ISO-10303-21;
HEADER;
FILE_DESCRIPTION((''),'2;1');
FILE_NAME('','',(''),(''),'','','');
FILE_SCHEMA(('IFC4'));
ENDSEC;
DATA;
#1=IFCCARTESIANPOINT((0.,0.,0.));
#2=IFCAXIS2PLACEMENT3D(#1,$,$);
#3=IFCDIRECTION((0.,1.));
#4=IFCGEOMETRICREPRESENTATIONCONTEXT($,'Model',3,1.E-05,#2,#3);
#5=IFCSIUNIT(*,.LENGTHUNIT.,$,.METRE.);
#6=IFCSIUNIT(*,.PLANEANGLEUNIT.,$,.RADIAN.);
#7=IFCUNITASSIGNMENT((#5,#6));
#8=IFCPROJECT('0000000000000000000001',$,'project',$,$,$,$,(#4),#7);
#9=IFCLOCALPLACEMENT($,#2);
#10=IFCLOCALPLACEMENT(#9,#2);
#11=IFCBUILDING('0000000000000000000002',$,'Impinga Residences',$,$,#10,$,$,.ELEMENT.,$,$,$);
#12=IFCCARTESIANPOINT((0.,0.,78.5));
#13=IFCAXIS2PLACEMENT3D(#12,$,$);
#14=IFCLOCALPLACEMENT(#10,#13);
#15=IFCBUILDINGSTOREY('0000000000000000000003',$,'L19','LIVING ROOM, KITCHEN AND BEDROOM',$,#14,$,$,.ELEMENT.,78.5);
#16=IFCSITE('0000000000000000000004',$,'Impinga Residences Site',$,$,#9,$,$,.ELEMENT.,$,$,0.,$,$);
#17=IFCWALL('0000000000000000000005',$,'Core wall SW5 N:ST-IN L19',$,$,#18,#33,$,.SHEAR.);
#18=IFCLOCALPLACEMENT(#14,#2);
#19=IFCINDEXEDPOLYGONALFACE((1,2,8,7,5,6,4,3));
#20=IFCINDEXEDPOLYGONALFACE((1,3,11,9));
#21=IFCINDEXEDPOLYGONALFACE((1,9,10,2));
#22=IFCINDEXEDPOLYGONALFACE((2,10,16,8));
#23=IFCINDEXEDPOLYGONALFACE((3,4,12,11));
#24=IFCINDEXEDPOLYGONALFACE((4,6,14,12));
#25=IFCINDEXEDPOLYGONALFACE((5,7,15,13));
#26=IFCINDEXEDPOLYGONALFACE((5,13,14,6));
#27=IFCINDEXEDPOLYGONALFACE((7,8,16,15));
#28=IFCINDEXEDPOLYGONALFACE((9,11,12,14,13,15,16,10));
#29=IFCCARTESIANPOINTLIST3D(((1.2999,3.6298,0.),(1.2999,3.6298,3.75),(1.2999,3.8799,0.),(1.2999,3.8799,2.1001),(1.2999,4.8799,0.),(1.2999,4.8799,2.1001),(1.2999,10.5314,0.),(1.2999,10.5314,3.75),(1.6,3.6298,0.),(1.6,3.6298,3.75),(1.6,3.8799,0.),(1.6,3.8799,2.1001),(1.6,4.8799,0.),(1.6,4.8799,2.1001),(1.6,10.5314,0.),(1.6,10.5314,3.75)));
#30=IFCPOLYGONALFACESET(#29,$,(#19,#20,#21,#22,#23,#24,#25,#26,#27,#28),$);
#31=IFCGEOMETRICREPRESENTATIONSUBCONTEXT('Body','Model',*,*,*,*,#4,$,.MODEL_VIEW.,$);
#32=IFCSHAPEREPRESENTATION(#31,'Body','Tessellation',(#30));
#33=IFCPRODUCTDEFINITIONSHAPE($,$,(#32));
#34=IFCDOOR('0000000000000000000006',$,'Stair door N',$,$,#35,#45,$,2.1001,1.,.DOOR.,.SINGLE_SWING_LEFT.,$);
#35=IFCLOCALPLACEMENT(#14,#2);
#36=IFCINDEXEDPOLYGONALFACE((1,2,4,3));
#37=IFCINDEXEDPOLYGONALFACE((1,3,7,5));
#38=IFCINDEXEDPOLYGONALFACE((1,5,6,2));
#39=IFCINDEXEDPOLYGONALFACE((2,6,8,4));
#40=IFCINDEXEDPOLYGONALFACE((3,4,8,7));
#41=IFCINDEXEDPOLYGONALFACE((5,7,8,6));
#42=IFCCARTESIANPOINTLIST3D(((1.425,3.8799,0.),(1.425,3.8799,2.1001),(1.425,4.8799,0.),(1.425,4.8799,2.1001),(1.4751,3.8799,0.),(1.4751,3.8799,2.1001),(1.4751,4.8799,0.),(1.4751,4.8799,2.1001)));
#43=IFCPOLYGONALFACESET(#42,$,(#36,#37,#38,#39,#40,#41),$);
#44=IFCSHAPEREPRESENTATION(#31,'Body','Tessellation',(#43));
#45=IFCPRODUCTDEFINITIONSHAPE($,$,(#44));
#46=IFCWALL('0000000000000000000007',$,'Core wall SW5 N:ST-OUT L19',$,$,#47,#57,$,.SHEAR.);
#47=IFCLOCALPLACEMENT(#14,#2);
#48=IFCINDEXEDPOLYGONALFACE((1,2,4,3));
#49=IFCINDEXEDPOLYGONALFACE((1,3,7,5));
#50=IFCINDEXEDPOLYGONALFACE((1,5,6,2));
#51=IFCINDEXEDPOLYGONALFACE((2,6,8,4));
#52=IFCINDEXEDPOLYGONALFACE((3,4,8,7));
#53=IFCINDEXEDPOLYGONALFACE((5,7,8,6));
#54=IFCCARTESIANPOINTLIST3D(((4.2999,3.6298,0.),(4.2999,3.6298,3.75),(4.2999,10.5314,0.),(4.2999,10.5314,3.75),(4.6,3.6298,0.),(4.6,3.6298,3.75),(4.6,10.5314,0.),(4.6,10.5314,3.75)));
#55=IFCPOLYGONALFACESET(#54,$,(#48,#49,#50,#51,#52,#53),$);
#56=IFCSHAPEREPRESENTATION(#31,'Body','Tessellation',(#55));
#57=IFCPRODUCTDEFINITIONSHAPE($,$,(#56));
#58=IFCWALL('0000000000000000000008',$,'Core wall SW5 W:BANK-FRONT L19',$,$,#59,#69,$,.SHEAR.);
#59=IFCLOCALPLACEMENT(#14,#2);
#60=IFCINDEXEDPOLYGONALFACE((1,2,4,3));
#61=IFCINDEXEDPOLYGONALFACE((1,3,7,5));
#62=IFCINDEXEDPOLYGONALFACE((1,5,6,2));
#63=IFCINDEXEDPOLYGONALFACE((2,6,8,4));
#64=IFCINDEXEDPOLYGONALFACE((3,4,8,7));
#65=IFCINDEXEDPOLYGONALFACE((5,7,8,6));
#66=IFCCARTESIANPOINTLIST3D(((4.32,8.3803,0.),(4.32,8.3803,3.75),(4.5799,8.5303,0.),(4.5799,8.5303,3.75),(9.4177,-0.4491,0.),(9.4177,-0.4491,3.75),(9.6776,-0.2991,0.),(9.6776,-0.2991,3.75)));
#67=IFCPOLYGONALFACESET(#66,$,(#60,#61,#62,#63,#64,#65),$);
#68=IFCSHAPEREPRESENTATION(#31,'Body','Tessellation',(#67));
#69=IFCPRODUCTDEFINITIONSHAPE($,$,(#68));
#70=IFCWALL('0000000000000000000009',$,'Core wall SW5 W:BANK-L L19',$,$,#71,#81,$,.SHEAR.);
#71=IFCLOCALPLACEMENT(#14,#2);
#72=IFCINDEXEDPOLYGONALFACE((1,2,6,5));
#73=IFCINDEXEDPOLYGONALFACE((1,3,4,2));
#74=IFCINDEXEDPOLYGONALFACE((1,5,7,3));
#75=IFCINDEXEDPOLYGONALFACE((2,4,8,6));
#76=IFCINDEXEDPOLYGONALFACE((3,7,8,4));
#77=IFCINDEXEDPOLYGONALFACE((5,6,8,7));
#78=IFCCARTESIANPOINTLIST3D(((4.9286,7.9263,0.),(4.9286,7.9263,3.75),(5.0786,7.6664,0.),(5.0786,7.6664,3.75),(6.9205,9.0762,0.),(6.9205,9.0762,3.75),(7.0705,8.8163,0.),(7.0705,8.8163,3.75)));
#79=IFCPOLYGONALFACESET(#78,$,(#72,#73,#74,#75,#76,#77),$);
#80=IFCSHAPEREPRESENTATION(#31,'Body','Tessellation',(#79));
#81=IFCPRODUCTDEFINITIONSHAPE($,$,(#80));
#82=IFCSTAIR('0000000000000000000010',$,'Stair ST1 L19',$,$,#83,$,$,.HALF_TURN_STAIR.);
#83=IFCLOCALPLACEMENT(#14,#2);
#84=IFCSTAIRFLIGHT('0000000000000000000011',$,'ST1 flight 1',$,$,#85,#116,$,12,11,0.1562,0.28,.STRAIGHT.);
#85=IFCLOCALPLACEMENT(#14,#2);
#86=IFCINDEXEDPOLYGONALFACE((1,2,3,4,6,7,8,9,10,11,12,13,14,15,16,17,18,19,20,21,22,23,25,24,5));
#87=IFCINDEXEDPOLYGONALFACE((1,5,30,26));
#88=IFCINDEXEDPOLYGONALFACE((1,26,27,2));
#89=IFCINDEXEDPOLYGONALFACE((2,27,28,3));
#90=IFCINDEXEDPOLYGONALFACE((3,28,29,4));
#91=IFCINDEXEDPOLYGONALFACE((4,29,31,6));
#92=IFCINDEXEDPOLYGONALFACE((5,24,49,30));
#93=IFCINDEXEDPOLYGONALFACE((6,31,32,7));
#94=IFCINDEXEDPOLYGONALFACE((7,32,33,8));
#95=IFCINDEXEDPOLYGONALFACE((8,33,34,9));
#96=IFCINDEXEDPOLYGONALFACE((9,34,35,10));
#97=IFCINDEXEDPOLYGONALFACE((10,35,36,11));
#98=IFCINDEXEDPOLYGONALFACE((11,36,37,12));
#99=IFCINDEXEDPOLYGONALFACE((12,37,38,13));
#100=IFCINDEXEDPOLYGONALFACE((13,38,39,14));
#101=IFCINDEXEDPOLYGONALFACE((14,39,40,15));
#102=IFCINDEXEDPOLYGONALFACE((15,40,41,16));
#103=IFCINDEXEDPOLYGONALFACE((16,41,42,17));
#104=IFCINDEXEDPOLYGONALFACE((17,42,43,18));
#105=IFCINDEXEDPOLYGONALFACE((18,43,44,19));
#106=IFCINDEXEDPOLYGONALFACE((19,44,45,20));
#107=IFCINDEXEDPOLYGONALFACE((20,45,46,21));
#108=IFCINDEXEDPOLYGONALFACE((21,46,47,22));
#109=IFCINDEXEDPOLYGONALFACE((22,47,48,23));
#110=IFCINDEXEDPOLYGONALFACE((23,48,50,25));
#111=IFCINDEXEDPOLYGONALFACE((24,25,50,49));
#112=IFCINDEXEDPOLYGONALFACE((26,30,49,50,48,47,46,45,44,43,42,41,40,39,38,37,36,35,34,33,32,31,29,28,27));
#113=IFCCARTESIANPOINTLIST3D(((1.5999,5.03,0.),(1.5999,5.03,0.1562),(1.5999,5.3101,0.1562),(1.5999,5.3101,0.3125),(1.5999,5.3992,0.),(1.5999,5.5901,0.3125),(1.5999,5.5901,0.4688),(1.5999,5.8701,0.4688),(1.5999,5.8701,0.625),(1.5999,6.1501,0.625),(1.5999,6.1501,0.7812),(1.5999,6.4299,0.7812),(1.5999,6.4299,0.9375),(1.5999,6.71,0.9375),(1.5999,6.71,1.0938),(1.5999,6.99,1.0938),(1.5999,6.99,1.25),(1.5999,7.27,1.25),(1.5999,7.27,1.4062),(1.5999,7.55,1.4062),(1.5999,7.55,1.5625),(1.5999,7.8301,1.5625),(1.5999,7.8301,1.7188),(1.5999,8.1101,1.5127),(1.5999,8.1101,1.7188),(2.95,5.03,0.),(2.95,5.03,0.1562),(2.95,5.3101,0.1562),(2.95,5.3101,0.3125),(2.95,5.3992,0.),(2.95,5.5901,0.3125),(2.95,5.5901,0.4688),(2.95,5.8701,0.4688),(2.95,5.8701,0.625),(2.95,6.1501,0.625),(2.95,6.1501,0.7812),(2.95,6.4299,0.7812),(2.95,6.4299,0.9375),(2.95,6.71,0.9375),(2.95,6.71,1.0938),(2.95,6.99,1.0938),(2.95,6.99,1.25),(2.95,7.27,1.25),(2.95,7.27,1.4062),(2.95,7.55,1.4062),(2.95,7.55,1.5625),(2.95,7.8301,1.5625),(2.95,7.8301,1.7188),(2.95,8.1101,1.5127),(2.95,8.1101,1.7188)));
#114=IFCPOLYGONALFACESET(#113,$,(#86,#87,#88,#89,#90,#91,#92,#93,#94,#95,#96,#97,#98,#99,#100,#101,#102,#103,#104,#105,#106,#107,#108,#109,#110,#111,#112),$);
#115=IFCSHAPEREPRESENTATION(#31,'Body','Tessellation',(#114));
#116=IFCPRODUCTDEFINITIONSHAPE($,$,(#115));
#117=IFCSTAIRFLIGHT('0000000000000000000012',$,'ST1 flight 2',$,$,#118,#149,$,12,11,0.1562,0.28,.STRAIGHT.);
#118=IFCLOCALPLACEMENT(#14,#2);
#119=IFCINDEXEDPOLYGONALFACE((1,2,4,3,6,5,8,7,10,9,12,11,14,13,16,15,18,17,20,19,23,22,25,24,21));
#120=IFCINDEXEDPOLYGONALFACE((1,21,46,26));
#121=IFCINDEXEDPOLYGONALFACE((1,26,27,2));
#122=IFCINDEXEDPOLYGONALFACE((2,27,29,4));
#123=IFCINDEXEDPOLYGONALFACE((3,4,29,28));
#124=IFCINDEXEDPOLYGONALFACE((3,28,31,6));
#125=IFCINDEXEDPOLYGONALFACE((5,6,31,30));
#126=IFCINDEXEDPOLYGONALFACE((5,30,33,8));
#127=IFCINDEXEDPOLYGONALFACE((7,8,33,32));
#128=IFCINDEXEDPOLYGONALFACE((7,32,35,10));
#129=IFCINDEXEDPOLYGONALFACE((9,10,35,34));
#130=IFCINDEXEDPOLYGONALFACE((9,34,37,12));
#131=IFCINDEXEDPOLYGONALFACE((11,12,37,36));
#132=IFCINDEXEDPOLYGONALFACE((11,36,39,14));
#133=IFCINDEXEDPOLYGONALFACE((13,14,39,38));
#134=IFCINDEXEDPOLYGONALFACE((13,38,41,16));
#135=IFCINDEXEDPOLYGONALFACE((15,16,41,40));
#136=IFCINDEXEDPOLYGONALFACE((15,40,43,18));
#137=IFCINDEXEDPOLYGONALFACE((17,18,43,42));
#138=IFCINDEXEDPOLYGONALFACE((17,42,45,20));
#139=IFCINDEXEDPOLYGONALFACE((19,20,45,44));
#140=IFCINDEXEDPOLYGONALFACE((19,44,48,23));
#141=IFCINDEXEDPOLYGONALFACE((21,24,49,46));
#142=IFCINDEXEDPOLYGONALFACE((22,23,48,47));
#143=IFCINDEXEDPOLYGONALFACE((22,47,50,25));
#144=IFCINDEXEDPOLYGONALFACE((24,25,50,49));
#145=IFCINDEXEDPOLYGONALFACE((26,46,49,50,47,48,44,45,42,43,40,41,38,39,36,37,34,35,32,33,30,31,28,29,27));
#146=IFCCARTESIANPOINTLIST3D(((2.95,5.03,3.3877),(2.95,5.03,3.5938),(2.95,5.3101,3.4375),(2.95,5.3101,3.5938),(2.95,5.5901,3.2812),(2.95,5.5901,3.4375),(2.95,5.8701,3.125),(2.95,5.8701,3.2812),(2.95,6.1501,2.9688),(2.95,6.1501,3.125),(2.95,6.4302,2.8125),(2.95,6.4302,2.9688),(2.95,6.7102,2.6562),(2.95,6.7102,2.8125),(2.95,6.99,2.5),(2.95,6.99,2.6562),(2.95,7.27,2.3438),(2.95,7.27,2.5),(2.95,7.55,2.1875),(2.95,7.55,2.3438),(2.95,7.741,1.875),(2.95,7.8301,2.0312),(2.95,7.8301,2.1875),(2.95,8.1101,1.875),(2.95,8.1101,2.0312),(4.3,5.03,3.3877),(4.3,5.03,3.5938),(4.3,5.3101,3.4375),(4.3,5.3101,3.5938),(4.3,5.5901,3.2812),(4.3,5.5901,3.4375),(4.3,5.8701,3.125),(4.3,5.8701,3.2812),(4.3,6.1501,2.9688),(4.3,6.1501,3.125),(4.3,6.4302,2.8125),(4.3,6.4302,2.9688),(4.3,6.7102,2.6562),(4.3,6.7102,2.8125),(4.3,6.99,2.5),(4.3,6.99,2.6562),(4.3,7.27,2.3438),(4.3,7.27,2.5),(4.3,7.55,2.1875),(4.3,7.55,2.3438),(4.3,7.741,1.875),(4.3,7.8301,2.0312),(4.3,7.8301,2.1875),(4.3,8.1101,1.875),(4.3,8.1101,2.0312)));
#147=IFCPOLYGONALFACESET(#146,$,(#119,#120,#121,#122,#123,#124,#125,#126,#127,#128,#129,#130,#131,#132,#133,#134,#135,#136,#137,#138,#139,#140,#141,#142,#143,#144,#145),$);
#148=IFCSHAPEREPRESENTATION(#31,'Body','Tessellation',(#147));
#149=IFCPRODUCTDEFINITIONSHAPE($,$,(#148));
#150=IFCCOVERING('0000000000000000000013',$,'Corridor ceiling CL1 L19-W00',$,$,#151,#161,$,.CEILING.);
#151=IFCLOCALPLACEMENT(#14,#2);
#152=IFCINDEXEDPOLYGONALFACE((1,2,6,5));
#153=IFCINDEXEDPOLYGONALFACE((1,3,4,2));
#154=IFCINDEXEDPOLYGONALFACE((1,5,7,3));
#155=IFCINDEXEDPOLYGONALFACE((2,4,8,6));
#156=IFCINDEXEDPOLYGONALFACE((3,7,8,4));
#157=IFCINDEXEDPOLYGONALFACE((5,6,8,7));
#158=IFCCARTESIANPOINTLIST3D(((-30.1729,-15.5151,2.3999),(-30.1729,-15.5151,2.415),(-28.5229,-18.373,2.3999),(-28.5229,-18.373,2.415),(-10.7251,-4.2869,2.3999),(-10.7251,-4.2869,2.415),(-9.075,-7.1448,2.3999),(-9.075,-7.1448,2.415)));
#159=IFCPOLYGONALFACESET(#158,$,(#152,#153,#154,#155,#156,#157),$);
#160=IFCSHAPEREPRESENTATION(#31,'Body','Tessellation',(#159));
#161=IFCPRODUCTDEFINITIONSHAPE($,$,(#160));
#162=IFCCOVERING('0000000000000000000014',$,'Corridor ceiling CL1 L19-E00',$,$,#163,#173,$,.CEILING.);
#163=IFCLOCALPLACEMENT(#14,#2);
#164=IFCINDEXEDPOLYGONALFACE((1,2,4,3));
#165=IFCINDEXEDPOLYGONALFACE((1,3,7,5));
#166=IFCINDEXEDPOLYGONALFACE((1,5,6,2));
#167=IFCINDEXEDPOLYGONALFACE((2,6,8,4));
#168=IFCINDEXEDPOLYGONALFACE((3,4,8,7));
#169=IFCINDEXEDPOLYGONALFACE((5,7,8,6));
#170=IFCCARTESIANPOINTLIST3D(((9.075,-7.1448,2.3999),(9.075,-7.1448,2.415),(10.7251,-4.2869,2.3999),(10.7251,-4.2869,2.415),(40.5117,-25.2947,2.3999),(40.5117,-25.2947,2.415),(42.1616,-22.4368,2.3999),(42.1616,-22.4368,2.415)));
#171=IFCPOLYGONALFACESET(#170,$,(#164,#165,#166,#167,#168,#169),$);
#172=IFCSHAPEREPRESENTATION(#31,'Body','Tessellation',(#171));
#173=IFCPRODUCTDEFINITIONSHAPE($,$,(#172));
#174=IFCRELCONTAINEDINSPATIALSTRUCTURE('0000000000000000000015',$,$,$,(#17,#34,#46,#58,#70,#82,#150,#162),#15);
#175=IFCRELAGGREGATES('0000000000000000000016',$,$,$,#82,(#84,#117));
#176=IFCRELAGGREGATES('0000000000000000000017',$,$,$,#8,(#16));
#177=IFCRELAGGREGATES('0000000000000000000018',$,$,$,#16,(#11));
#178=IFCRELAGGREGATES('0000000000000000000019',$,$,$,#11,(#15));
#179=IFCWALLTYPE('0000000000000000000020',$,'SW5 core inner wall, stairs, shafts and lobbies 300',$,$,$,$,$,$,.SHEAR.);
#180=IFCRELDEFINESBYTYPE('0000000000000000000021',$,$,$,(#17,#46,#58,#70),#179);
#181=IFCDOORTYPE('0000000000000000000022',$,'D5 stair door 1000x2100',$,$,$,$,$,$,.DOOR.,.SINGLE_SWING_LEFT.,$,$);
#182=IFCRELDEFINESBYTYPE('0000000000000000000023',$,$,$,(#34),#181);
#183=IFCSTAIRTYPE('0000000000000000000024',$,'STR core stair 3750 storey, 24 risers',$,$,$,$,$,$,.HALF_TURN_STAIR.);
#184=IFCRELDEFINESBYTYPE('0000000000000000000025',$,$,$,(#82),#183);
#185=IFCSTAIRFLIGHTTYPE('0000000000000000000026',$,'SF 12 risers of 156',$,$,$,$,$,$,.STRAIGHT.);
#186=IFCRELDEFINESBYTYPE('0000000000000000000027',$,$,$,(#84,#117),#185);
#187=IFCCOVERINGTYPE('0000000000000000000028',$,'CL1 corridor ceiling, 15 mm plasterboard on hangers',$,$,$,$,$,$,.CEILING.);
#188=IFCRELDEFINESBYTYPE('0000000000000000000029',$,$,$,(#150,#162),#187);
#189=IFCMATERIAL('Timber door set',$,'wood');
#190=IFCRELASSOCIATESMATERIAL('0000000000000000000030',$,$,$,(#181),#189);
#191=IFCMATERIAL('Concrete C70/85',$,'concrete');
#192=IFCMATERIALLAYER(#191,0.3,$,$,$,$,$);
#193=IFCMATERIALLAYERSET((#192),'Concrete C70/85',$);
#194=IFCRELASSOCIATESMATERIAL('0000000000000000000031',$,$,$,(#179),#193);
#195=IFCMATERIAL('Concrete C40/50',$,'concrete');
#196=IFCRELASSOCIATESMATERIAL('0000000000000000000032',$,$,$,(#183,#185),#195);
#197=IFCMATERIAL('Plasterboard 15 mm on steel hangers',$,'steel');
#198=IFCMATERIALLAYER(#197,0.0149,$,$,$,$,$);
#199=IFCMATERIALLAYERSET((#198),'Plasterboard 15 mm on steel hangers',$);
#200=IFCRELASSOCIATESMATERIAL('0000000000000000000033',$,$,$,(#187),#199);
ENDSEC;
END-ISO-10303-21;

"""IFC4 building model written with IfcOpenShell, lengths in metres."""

from ifc_helpers import new_model, si_unit, direction, frame, frame_2d, origin, place, context, subcontext, project, spatial, polyline, rectangle, outline, extrude, material, layer, layer_set, type_object, element, fill, aggregate, save


model = new_model("IFC4")

# Units and contexts
model_context = context("Model", 3, precision=1e-05, world=origin(), true_north=direction((0.0, 1.0)))
body_context = subcontext(model_context, "Body", "Model", "MODEL_VIEW")
ifc_project = project(units=[si_unit("LENGTHUNIT", "METRE"), si_unit("PLANEANGLEUNIT", "RADIAN")], contexts=[model_context])

# Site, building, storey
site_placement = place(None, origin())
site = spatial("IfcSite", under=ifc_project, at=site_placement, Name="Impinga Residences Site", CompositionType="ELEMENT", RefElevation=0.0)
building_placement = place(site_placement, origin())
building = spatial("IfcBuilding", under=site, at=building_placement, Name="Impinga Residences", CompositionType="ELEMENT")
storey_placement = place(building_placement, frame((0.0, 0.0, 78.5)))
storey = spatial("IfcBuildingStorey", under=building, at=storey_placement, Name="L19", Description="LIVING ROOM, KITCHEN AND BEDROOM", CompositionType="ELEMENT", Elevation=78.5)

# Shared definitions
ifc_material_1 = material(Name="Concrete C70/85", Category="concrete")
ifc_material_2 = material(Name="Timber door set", Category="wood")
door_type_1 = type_object("IfcDoorType", Name="D5 stair door 1000x2100", OperationType="SINGLE_SWING_LEFT", PredefinedType="DOOR", material=ifc_material_2)

# Wall, opening, door
ifc_layer_1 = layer(ifc_material_1, 0.3)
ifc_layer_set_1 = layer_set([ifc_layer_1], Name="Concrete C70/85")
wall_type_1 = type_object("IfcWallType", Name="SW5 core inner wall, stairs, shafts and lobbies 300", PredefinedType="SHEAR", material=ifc_layer_set_1)
wall_1_placement = place(storey_placement, frame((1.45, 3.6299, 0.0), z_axis=(0.0, 0.0, 1.0), x_axis=(0.0, 1.0, 0.0)))
wall_1 = element("IfcWall", 1, at=wall_1_placement, inside=storey, type_object=wall_type_1, Name="Core wall SW5 N:ST-IN L19", PredefinedType="SHEAR", context=body_context, shape_type="SweptSolid", body=[
    extrude(rectangle(XDim=6.9016, YDim=0.3, at=frame_2d((3.4507, 0.0))), origin(), (0.0, 0.0, 1.0), 3.75),
])
opening_1_placement = place(wall_1_placement, frame((0.25, 0.0, 0.0)))
opening_1 = element("IfcOpeningElement", 2, at=opening_1_placement, cuts=wall_1, PredefinedType="OPENING", context=body_context, shape_type="SweptSolid", body=[
    extrude(rectangle(XDim=1.0, YDim=2.1001, at=frame_2d((0.5, 1.05))), frame((0.0, 0.1599, 0.0), z_axis=(0.0, -1.0, 0.0), x_axis=(1.0, 0.0, 0.0)), (0.0, 0.0, 1.0), 0.3201),
])
door_1_placement = place(opening_1_placement, origin())
door_1 = element("IfcDoor", 3, at=door_1_placement, inside=storey, type_object=door_type_1, Name="Stair door N", OperationType="SINGLE_SWING_LEFT", OverallHeight=2.1001, OverallWidth=1.0, PredefinedType="DOOR", context=body_context, shape_type="SweptSolid", body=[
    extrude(rectangle(XDim=1.0, YDim=2.1001, at=frame_2d((0.5, 1.05))), frame((0.0, 0.0249, 0.0), z_axis=(0.0, -1.0, 0.0), x_axis=(1.0, 0.0, 0.0)), (0.0, 0.0, 1.0), 0.05),
])
fill(opening_1, door_1)

# Walls
wall_2_placement = place(storey_placement, frame((4.45, 3.6299, 0.0), z_axis=(0.0, 0.0, 1.0), x_axis=(0.0, 1.0, 0.0)))
element("IfcWall", 4, at=wall_2_placement, inside=storey, type_object=wall_type_1, Name="Core wall SW5 N:ST-OUT L19", PredefinedType="SHEAR", context=body_context, shape_type="SweptSolid", body=[
    extrude(rectangle(XDim=6.9016, YDim=0.3, at=frame_2d((3.4507, 0.0))), origin(), (0.0, 0.0, 1.0), 3.75),
])
wall_3_placement = place(storey_placement, frame((4.45, 8.4553, 0.0), z_axis=(0.0, 0.0, 1.0), x_axis=(0.500002, -0.866024, 0.0)))
element("IfcWall", 5, at=wall_3_placement, inside=storey, type_object=wall_type_1, Name="Core wall SW5 W:BANK-FRONT L19", PredefinedType="SHEAR", context=body_context, shape_type="SweptSolid", body=[
    extrude(rectangle(XDim=10.1953, YDim=0.3, at=frame_2d((5.0977, 0.0))), origin(), (0.0, 0.0, 1.0), 3.75),
])
wall_4_placement = place(storey_placement, frame((5.0037, 7.7964, 0.0), z_axis=(0.0, 0.0, 1.0), x_axis=(0.866053, 0.499952, 0.0)))
element("IfcWall", 6, at=wall_4_placement, inside=storey, type_object=wall_type_1, Name="Core wall SW5 W:BANK-L L19", PredefinedType="SHEAR", context=body_context, shape_type="SweptSolid", body=[
    extrude(rectangle(XDim=2.3, YDim=0.3, at=frame_2d((1.1499, 0.0))), origin(), (0.0, 0.0, 1.0), 3.75),
])

# Stair, stair flights
ifc_material_3 = material(Name="Concrete C40/50", Category="concrete")
stair_type = type_object("IfcStairType", Name="STR core stair 3750 storey, 24 risers", PredefinedType="HALF_TURN_STAIR", material=ifc_material_3)
stair_placement = place(storey_placement, origin())
stair = element("IfcStair", 7, at=stair_placement, inside=storey, type_object=stair_type, Name="Stair ST1 L19", PredefinedType="HALF_TURN_STAIR")
stair_flight_type = type_object("IfcStairFlightType", Name="SF 12 risers of 156", PredefinedType="STRAIGHT", material=ifc_material_3)
stair_flight_1_placement = place(storey_placement, frame((2.2749, 5.03, 0.0), z_axis=(0.0, 0.0, 1.0), x_axis=(0.0, 1.0, 0.0)))
stair_flight_1 = element("IfcStairFlight", 8, at=stair_flight_1_placement, type_object=stair_flight_type, Name="ST1 flight 1", NumberOfRisers=12, NumberOfTreads=11, PredefinedType="STRAIGHT", RiserHeight=0.1562, TreadLength=0.28, context=body_context, shape_type="SweptSolid", body=[
    extrude(outline(polyline([(0.0, 0.0), (0.0, 0.1562), (0.28, 0.1562), (0.28, 0.3125), (0.5601, 0.3125), (0.5601, 0.4688), (0.8401, 0.4688), (0.8401, 0.625), (1.1201, 0.625), (1.1201, 0.7812), (1.3999, 0.7812), (1.3999, 0.9375), (1.6799, 0.9375), (1.6799, 1.0938), (1.96, 1.0938), (1.96, 1.25), (2.24, 1.25), (2.24, 1.4062), (2.52, 1.4062), (2.52, 1.5625), (2.8, 1.5625), (2.8, 1.7188), (3.0801, 1.7188), (3.0801, 1.875), (3.0801, 1.5127), (0.3691, 0.0), (0.0, 0.0)])), frame((0.0, 0.675, 0.0), z_axis=(0.0, -1.0, 0.0), x_axis=(1.0, 0.0, 0.0)), (0.0, 0.0, 1.0), 1.3501),
])
stair_flight_2_placement = place(storey_placement, frame((3.625, 8.1101, 1.875), z_axis=(0.0, 0.0, 1.0), x_axis=(0.0, -1.0, 0.0)))
stair_flight_2 = element("IfcStairFlight", 9, at=stair_flight_2_placement, type_object=stair_flight_type, Name="ST1 flight 2", NumberOfRisers=12, NumberOfTreads=11, PredefinedType="STRAIGHT", RiserHeight=0.1562, TreadLength=0.28, context=body_context, shape_type="SweptSolid", body=[
    extrude(outline(polyline([(0.0, 0.0), (0.0, 0.1562), (0.28, 0.1562), (0.28, 0.3125), (0.5601, 0.3125), (0.5601, 0.4688), (0.8401, 0.4688), (0.8401, 0.625), (1.1201, 0.625), (1.1201, 0.7812), (1.3999, 0.7812), (1.3999, 0.9375), (1.6799, 0.9375), (1.6799, 1.0938), (1.96, 1.0938), (1.96, 1.25), (2.24, 1.25), (2.24, 1.4062), (2.52, 1.4062), (2.52, 1.5625), (2.8, 1.5625), (2.8, 1.7188), (3.0801, 1.7188), (3.0801, 1.875), (3.0801, 1.5127), (0.3691, 0.0), (0.0, 0.0)])), frame((0.0, 0.675, 0.0), z_axis=(0.0, -1.0, 0.0), x_axis=(1.0, 0.0, 0.0)), (0.0, 0.0, 1.0), 1.3501),
])
aggregate(stair, [stair_flight_1, stair_flight_2])

# Coverings
ifc_material_4 = material(Name="Plasterboard 15 mm on steel hangers", Category="steel")
ifc_layer_2 = layer(ifc_material_4, 0.0149)
ifc_layer_set_2 = layer_set([ifc_layer_2], Name="Plasterboard 15 mm on steel hangers")
covering_type = type_object("IfcCoveringType", Name="CL1 corridor ceiling, 15 mm plasterboard on hangers", PredefinedType="CEILING", material=ifc_layer_set_2)
covering_1_placement = place(storey_placement, frame((0.0, 0.0, 2.3999)))
element("IfcCovering", 10, at=covering_1_placement, inside=storey, type_object=covering_type, Name="Corridor ceiling CL1 L19-W00", PredefinedType="CEILING", context=body_context, shape_type="SweptSolid", body=[
    extrude(outline(polyline([(-10.7251, -4.2869), (-9.075, -7.1448), (-28.5229, -18.373), (-30.1729, -15.5151), (-10.7251, -4.2869)])), origin(), (0.0, 0.0, 1.0), 0.0151),
])
covering_2_placement = place(storey_placement, frame((0.0, 0.0, 2.3999)))
element("IfcCovering", 11, at=covering_2_placement, inside=storey, type_object=covering_type, Name="Corridor ceiling CL1 L19-E00", PredefinedType="CEILING", context=body_context, shape_type="SweptSolid", body=[
    extrude(outline(polyline([(10.7251, -4.2869), (9.075, -7.1448), (40.5117, -25.2947), (42.1616, -22.4368), (10.7251, -4.2869)])), origin(), (0.0, 0.0, 1.0), 0.0151),
])

save(model, "model.ifc")
